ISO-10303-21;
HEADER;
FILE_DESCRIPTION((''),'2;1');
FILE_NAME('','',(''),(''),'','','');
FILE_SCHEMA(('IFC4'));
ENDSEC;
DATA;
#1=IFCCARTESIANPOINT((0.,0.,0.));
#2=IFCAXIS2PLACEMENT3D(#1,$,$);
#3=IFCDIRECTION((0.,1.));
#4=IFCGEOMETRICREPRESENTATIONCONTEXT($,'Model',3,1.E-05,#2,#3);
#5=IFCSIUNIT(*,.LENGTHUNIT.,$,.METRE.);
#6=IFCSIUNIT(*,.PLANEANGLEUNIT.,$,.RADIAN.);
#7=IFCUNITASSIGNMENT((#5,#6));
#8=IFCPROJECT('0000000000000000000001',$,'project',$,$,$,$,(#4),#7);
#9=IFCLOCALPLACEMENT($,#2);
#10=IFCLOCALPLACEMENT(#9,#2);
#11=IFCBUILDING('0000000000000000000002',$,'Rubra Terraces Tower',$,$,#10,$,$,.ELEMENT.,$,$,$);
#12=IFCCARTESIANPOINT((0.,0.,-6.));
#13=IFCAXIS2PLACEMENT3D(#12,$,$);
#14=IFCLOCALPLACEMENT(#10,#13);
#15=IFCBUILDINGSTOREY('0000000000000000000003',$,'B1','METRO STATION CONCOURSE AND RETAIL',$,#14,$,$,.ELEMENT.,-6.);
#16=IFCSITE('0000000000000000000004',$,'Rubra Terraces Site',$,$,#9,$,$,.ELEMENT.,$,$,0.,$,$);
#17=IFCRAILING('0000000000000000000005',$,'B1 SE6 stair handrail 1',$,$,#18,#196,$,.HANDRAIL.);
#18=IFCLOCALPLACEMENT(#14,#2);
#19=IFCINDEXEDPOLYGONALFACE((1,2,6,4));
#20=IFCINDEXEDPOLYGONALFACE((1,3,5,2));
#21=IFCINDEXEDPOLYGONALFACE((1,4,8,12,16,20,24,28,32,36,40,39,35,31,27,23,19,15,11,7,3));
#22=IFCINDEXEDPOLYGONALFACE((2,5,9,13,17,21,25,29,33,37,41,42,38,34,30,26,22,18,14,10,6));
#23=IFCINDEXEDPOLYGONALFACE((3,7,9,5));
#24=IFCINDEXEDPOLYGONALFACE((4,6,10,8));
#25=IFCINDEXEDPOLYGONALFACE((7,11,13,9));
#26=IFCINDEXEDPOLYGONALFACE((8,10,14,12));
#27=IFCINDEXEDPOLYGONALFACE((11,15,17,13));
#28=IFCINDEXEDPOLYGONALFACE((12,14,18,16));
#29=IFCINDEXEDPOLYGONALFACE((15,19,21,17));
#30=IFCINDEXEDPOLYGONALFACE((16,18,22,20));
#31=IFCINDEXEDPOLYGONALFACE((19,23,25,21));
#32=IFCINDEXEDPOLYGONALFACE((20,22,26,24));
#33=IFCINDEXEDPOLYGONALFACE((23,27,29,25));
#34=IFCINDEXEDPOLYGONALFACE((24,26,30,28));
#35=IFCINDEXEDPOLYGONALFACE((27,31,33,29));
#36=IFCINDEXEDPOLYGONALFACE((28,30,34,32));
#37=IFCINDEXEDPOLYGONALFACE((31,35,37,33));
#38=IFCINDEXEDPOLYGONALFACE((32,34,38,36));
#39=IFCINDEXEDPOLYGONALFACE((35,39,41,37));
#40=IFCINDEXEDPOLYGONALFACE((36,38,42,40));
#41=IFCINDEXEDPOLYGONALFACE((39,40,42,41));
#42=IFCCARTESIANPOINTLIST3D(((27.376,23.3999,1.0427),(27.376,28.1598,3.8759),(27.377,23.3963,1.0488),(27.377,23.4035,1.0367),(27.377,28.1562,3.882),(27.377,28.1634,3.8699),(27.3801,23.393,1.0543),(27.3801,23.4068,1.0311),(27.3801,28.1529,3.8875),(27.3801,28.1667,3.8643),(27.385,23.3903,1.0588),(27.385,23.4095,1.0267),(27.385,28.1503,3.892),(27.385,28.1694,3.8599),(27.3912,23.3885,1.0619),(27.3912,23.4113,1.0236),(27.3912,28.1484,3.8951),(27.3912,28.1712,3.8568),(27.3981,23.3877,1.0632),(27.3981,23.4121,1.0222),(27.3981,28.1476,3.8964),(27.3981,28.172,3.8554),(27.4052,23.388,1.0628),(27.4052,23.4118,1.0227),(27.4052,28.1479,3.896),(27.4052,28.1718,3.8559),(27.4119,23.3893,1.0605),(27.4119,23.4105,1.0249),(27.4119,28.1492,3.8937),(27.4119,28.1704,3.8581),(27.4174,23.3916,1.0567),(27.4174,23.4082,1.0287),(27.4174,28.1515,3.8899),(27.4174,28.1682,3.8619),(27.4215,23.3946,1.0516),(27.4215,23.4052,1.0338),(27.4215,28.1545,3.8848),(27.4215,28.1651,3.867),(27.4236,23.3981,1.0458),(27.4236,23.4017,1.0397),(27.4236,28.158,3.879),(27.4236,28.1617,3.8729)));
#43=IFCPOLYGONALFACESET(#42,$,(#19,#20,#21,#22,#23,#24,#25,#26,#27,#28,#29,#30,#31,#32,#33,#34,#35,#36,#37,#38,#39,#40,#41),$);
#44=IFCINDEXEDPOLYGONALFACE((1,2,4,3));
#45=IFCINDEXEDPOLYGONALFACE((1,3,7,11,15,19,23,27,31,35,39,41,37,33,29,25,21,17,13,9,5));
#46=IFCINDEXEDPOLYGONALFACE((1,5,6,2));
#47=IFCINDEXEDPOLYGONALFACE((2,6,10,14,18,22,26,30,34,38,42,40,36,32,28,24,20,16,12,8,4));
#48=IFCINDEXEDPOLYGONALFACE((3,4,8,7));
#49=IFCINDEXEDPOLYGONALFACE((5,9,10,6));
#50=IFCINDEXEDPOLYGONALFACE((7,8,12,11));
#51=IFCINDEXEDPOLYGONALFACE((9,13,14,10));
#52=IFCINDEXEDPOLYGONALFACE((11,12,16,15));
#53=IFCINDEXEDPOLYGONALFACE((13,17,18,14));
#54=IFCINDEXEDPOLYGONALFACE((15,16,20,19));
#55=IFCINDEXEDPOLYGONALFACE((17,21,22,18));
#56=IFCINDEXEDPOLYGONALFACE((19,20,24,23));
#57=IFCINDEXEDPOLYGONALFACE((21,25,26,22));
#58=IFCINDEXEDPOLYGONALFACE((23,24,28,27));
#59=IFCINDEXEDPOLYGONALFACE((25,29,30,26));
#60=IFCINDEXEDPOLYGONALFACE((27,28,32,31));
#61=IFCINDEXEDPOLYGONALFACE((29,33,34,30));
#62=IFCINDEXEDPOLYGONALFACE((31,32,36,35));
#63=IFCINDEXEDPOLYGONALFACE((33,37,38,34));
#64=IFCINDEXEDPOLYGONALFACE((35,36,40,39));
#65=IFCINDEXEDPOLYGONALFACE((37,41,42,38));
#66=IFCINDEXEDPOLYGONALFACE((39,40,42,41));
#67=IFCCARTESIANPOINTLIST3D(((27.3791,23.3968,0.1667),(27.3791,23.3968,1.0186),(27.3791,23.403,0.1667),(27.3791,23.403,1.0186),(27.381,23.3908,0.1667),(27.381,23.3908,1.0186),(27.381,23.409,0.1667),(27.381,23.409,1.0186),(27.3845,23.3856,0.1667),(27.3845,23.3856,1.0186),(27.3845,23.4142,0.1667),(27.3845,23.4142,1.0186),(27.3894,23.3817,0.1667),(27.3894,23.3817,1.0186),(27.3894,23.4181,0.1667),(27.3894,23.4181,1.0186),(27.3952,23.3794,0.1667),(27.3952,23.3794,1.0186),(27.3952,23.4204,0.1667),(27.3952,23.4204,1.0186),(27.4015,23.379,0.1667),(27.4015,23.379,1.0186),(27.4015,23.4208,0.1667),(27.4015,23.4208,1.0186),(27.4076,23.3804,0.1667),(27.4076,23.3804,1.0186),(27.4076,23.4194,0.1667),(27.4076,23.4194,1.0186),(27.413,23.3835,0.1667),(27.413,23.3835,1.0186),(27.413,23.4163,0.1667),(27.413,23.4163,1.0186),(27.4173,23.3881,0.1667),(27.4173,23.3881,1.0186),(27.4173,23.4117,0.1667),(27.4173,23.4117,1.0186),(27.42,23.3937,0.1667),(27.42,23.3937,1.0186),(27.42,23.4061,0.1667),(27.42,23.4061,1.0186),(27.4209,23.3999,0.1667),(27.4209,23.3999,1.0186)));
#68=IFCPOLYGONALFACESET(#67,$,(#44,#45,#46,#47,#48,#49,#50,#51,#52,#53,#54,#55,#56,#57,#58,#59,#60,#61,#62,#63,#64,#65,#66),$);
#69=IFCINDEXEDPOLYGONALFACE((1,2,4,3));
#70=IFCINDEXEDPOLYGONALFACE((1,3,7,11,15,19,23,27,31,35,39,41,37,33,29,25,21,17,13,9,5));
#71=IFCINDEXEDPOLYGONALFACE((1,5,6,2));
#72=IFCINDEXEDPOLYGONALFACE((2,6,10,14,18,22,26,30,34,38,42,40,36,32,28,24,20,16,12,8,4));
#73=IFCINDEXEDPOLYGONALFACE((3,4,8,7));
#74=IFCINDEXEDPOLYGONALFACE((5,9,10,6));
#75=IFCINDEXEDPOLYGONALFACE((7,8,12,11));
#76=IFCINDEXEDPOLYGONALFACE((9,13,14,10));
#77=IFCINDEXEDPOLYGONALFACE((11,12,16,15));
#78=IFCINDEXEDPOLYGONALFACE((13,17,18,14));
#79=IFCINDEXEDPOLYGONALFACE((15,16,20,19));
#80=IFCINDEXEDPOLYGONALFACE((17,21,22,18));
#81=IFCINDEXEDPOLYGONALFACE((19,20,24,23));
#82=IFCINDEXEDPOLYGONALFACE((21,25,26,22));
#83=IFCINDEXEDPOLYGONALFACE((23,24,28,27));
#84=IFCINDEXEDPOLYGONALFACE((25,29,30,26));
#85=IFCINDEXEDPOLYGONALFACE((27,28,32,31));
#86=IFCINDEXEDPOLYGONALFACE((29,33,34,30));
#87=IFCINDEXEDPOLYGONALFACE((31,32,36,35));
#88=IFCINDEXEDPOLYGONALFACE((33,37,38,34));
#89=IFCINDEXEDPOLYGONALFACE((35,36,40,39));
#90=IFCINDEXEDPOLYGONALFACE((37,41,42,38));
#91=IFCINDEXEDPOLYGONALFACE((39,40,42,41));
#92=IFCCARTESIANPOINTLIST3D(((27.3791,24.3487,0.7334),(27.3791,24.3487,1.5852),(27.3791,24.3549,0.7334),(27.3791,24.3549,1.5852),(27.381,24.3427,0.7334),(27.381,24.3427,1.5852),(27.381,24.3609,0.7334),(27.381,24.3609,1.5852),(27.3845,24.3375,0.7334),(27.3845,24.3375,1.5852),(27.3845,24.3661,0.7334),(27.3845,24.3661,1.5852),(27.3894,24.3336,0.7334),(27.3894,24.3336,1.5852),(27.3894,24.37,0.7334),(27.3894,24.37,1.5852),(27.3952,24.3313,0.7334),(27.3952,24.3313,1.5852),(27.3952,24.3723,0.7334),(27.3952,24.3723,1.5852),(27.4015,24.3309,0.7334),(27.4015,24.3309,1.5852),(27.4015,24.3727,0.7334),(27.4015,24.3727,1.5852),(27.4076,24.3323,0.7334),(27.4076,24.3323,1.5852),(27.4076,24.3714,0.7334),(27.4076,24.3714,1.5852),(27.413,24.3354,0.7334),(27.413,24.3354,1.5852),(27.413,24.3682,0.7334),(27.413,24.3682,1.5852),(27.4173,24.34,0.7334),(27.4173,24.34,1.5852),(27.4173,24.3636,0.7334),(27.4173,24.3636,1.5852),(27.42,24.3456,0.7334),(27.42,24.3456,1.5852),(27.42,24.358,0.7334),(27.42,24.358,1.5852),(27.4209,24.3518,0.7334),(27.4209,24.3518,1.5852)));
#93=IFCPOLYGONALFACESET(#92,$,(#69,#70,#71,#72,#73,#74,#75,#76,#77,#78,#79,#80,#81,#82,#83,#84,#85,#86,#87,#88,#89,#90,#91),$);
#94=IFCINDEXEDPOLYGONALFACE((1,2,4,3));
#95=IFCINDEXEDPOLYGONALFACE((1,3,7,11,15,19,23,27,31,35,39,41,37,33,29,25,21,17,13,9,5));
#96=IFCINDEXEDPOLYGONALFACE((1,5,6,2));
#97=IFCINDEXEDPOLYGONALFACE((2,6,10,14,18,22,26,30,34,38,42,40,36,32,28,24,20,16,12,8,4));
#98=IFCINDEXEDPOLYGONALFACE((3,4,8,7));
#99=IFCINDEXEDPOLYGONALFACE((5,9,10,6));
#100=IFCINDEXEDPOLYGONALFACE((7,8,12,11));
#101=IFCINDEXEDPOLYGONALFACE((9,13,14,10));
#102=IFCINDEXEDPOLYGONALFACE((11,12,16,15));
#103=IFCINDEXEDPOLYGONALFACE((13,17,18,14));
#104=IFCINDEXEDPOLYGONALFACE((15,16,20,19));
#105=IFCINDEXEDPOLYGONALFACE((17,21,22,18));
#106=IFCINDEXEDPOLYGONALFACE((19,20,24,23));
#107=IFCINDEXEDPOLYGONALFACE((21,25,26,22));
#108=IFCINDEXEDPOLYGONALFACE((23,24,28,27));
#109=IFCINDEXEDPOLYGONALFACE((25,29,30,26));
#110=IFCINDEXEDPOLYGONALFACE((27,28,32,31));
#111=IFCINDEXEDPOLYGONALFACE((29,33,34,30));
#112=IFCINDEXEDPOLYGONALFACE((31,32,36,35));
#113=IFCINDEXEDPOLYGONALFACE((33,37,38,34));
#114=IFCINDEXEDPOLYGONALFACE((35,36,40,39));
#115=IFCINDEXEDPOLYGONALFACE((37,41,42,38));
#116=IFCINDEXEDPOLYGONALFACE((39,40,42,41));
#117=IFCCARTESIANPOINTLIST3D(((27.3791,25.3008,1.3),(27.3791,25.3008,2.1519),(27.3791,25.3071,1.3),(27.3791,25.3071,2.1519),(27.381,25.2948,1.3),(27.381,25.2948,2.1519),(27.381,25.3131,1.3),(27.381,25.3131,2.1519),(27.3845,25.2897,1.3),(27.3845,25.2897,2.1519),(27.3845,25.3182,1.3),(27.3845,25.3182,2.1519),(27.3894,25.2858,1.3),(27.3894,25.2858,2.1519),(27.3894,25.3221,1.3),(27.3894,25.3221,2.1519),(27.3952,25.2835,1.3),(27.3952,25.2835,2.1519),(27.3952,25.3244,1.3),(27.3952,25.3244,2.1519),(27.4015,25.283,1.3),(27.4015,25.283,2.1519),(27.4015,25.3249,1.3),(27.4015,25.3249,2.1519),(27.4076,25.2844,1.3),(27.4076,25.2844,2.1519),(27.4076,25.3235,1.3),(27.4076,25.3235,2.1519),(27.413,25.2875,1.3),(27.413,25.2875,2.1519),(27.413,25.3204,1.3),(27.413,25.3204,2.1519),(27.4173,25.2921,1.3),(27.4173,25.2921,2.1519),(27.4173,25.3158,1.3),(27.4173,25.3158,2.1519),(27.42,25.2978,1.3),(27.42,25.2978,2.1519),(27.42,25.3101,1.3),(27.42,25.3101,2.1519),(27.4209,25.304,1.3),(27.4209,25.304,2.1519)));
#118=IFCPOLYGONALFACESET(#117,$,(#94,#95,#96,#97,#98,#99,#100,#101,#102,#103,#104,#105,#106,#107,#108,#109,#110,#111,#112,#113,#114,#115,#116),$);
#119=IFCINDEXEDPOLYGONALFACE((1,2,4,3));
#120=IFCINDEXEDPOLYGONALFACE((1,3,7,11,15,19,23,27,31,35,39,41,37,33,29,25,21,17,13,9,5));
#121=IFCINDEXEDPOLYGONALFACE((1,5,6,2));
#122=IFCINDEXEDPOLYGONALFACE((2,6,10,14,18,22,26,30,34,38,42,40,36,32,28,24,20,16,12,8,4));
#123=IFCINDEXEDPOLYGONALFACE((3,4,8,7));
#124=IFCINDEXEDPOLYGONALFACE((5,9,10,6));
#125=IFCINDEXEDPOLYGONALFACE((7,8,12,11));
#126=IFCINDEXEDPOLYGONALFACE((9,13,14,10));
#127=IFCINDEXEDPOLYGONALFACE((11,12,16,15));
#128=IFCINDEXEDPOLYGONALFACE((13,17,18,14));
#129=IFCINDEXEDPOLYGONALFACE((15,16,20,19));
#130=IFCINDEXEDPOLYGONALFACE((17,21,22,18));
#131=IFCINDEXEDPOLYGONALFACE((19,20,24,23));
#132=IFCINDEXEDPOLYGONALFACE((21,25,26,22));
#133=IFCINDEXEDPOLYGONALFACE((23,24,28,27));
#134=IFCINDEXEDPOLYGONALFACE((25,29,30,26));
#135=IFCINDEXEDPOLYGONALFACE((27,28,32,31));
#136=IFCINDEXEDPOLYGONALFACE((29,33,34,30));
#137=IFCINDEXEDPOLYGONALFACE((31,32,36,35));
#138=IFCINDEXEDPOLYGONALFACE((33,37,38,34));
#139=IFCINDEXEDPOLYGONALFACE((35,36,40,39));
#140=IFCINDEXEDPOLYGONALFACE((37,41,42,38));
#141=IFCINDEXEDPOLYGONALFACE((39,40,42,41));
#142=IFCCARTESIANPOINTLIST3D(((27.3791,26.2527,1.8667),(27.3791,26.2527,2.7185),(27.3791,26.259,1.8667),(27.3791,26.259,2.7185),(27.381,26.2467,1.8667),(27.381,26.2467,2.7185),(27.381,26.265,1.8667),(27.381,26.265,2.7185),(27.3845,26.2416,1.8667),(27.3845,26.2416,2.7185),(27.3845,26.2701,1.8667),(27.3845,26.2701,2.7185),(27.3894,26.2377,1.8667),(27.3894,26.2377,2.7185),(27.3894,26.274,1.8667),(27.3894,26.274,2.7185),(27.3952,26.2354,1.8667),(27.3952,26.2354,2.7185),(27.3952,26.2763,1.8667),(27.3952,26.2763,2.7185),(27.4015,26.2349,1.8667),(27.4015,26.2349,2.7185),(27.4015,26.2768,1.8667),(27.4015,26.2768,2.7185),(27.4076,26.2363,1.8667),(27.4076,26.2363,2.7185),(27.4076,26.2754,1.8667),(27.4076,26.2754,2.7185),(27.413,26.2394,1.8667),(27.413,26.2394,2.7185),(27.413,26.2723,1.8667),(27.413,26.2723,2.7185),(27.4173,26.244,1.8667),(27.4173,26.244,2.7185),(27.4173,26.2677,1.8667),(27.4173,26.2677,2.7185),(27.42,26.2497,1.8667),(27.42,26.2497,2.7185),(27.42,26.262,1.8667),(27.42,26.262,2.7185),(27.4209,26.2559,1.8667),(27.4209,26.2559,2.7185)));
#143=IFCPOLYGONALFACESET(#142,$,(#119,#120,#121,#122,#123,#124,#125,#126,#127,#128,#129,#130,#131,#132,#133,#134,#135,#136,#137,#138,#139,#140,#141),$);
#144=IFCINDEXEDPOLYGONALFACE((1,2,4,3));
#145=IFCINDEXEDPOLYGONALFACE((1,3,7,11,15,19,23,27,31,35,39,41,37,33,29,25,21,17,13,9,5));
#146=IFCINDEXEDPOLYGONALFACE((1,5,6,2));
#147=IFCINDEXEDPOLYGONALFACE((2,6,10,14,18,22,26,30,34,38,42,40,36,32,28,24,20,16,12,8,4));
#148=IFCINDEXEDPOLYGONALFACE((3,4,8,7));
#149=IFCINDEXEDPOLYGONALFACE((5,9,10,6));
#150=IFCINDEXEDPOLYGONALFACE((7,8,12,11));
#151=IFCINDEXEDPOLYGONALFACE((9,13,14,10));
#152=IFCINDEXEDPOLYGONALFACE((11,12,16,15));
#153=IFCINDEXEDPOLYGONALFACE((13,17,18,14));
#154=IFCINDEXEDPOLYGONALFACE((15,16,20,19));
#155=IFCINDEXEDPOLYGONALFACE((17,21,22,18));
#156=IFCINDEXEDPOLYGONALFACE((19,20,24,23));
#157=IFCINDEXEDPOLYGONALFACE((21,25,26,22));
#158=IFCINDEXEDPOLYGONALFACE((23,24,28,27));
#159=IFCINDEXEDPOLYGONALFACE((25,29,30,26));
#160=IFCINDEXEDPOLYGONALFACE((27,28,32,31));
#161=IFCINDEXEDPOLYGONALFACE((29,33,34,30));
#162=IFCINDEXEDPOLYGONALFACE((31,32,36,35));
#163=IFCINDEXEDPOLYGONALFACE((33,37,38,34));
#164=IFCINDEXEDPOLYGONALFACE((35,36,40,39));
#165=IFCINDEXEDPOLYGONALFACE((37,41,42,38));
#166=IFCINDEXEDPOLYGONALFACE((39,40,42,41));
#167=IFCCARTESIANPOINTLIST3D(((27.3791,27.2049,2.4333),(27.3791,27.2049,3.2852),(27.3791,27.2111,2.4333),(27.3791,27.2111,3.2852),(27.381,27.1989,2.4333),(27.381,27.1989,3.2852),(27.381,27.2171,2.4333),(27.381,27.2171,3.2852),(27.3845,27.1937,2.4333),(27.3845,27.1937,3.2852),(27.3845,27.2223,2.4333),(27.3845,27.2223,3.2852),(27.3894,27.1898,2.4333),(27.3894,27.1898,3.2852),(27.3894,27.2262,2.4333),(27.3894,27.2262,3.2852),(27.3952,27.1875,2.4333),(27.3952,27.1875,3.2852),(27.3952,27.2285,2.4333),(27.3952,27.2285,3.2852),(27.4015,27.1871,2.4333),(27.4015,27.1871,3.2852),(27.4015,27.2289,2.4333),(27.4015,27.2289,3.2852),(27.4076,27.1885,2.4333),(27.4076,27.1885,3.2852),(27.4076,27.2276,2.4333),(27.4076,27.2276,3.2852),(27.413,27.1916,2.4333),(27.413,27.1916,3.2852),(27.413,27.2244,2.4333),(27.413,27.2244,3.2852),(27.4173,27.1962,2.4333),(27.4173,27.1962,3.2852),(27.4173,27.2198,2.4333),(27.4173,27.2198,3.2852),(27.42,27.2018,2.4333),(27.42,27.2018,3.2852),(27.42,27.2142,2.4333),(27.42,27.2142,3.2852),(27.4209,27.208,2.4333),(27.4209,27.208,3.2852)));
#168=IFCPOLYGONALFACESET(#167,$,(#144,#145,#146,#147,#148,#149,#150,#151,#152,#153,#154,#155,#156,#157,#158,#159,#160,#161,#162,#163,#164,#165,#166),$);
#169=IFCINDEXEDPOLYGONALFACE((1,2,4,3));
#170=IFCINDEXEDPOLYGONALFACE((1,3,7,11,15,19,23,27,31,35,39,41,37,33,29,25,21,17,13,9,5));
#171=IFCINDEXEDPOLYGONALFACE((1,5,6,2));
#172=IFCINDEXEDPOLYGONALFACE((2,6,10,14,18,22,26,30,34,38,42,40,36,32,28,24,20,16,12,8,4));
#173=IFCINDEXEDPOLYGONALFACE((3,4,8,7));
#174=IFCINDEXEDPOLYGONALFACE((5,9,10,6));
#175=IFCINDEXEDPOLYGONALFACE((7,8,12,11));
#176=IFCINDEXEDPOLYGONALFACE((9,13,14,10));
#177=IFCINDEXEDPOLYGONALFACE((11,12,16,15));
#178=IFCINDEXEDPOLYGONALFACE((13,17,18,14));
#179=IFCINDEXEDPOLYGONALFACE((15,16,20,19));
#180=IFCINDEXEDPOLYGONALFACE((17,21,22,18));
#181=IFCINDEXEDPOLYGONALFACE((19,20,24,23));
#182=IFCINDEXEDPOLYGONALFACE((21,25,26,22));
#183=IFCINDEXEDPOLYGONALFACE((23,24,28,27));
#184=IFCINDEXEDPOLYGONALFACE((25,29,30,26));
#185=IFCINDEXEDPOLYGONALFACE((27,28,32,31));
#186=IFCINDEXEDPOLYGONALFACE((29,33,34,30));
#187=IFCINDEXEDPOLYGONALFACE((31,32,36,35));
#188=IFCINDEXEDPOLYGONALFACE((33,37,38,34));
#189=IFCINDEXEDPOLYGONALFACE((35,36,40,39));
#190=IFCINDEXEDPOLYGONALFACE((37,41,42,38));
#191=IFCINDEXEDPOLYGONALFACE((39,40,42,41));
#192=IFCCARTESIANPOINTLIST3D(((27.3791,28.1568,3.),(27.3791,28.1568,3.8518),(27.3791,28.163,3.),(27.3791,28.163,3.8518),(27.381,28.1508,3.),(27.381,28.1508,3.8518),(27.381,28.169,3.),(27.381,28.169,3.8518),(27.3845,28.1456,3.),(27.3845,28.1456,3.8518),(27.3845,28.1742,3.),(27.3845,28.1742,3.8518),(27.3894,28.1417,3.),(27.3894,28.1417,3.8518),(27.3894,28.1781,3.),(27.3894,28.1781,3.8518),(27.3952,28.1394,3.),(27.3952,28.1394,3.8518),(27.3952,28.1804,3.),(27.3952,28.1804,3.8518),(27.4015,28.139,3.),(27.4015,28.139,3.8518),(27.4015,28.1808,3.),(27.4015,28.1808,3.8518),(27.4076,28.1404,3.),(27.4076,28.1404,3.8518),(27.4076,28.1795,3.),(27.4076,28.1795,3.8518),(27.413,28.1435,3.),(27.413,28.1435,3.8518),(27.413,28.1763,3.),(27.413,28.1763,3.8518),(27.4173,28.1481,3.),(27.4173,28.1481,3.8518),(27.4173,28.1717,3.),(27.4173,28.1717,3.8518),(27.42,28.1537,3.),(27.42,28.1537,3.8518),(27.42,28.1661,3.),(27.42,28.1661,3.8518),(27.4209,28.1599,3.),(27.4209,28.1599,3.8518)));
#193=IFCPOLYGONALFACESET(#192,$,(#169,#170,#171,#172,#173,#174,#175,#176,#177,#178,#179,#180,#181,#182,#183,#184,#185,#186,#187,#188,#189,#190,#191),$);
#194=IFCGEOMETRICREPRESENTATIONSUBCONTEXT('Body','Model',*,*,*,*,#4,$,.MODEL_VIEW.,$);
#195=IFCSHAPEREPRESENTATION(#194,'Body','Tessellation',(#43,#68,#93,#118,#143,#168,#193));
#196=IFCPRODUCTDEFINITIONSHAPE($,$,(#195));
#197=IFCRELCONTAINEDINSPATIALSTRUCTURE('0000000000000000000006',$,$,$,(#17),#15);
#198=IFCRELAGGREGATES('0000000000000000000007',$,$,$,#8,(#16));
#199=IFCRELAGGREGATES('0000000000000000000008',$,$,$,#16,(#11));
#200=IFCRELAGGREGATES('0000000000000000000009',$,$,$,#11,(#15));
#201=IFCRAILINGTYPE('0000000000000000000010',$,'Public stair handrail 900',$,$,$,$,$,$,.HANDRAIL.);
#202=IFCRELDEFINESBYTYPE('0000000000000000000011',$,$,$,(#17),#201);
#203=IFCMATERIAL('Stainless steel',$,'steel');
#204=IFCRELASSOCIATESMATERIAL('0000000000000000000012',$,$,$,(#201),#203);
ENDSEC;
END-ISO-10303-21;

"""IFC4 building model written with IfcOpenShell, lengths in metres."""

from ifc_helpers import new_model, si_unit, direction, frame, origin, origin_2d, place, context, subcontext, project, spatial, circle, extrude, material, type_object, element, save


model = new_model("IFC4")

# Units and contexts
model_context = context("Model", 3, precision=1e-05, world=origin(), true_north=direction((0.0, 1.0)))
body_context = subcontext(model_context, "Body", "Model", "MODEL_VIEW")
ifc_project = project(units=[si_unit("LENGTHUNIT", "METRE"), si_unit("PLANEANGLEUNIT", "RADIAN")], contexts=[model_context])

# Site, building, storey
site_placement = place(None, origin())
site = spatial("IfcSite", under=ifc_project, at=site_placement, Name="Rubra Terraces Site", CompositionType="ELEMENT", RefElevation=0.0)
building_placement = place(site_placement, origin())
building = spatial("IfcBuilding", under=site, at=building_placement, Name="Rubra Terraces Tower", CompositionType="ELEMENT")
storey_placement = place(building_placement, frame((0.0, 0.0, -6.0)))
storey = spatial("IfcBuildingStorey", under=building, at=storey_placement, Name="B1", Description="METRO STATION CONCOURSE AND RETAIL", CompositionType="ELEMENT", Elevation=-6.0)

# Railing
ifc_material_1 = material(Name="Stainless steel", Category="steel")
railing_type_1 = type_object("IfcRailingType", Name="Public stair handrail 900", PredefinedType="HANDRAIL", material=ifc_material_1)
railing_1_placement = place(storey_placement, frame((27.3999, 23.3999, 0.1667)))
element("IfcRailing", 1, at=railing_1_placement, inside=storey, type_object=railing_type_1, Name="B1 SE6 stair handrail 1", PredefinedType="HANDRAIL", context=body_context, shape_type="SweptSolid", body=[
    extrude(circle(Radius=0.0239, at=origin_2d()), frame((0.0, 0.0, 0.876), z_axis=(0.0, 0.8593, 0.511472), x_axis=(-1.0, 0.0, 0.0)), (0.0, 0.0, 1.0), 5.5393),
    extrude(circle(Radius=0.021, at=origin_2d()), origin(), (0.0, 0.0, 1.0), 0.8518),
    extrude(circle(Radius=0.021, at=origin_2d()), frame((0.0, 0.9519, 0.5667)), (0.0, 0.0, 1.0), 0.8518),
    extrude(circle(Radius=0.021, at=origin_2d()), frame((0.0, 1.9041, 1.1333)), (0.0, 0.0, 1.0), 0.8518),
    extrude(circle(Radius=0.021, at=origin_2d()), frame((0.0, 2.856, 1.7)), (0.0, 0.0, 1.0), 0.8518),
    extrude(circle(Radius=0.021, at=origin_2d()), frame((0.0, 3.8081, 2.2666)), (0.0, 0.0, 1.0), 0.8518),
    extrude(circle(Radius=0.021, at=origin_2d()), frame((0.0, 4.76, 2.8333)), (0.0, 0.0, 1.0), 0.8518),
])

save(model, "model.ifc")
